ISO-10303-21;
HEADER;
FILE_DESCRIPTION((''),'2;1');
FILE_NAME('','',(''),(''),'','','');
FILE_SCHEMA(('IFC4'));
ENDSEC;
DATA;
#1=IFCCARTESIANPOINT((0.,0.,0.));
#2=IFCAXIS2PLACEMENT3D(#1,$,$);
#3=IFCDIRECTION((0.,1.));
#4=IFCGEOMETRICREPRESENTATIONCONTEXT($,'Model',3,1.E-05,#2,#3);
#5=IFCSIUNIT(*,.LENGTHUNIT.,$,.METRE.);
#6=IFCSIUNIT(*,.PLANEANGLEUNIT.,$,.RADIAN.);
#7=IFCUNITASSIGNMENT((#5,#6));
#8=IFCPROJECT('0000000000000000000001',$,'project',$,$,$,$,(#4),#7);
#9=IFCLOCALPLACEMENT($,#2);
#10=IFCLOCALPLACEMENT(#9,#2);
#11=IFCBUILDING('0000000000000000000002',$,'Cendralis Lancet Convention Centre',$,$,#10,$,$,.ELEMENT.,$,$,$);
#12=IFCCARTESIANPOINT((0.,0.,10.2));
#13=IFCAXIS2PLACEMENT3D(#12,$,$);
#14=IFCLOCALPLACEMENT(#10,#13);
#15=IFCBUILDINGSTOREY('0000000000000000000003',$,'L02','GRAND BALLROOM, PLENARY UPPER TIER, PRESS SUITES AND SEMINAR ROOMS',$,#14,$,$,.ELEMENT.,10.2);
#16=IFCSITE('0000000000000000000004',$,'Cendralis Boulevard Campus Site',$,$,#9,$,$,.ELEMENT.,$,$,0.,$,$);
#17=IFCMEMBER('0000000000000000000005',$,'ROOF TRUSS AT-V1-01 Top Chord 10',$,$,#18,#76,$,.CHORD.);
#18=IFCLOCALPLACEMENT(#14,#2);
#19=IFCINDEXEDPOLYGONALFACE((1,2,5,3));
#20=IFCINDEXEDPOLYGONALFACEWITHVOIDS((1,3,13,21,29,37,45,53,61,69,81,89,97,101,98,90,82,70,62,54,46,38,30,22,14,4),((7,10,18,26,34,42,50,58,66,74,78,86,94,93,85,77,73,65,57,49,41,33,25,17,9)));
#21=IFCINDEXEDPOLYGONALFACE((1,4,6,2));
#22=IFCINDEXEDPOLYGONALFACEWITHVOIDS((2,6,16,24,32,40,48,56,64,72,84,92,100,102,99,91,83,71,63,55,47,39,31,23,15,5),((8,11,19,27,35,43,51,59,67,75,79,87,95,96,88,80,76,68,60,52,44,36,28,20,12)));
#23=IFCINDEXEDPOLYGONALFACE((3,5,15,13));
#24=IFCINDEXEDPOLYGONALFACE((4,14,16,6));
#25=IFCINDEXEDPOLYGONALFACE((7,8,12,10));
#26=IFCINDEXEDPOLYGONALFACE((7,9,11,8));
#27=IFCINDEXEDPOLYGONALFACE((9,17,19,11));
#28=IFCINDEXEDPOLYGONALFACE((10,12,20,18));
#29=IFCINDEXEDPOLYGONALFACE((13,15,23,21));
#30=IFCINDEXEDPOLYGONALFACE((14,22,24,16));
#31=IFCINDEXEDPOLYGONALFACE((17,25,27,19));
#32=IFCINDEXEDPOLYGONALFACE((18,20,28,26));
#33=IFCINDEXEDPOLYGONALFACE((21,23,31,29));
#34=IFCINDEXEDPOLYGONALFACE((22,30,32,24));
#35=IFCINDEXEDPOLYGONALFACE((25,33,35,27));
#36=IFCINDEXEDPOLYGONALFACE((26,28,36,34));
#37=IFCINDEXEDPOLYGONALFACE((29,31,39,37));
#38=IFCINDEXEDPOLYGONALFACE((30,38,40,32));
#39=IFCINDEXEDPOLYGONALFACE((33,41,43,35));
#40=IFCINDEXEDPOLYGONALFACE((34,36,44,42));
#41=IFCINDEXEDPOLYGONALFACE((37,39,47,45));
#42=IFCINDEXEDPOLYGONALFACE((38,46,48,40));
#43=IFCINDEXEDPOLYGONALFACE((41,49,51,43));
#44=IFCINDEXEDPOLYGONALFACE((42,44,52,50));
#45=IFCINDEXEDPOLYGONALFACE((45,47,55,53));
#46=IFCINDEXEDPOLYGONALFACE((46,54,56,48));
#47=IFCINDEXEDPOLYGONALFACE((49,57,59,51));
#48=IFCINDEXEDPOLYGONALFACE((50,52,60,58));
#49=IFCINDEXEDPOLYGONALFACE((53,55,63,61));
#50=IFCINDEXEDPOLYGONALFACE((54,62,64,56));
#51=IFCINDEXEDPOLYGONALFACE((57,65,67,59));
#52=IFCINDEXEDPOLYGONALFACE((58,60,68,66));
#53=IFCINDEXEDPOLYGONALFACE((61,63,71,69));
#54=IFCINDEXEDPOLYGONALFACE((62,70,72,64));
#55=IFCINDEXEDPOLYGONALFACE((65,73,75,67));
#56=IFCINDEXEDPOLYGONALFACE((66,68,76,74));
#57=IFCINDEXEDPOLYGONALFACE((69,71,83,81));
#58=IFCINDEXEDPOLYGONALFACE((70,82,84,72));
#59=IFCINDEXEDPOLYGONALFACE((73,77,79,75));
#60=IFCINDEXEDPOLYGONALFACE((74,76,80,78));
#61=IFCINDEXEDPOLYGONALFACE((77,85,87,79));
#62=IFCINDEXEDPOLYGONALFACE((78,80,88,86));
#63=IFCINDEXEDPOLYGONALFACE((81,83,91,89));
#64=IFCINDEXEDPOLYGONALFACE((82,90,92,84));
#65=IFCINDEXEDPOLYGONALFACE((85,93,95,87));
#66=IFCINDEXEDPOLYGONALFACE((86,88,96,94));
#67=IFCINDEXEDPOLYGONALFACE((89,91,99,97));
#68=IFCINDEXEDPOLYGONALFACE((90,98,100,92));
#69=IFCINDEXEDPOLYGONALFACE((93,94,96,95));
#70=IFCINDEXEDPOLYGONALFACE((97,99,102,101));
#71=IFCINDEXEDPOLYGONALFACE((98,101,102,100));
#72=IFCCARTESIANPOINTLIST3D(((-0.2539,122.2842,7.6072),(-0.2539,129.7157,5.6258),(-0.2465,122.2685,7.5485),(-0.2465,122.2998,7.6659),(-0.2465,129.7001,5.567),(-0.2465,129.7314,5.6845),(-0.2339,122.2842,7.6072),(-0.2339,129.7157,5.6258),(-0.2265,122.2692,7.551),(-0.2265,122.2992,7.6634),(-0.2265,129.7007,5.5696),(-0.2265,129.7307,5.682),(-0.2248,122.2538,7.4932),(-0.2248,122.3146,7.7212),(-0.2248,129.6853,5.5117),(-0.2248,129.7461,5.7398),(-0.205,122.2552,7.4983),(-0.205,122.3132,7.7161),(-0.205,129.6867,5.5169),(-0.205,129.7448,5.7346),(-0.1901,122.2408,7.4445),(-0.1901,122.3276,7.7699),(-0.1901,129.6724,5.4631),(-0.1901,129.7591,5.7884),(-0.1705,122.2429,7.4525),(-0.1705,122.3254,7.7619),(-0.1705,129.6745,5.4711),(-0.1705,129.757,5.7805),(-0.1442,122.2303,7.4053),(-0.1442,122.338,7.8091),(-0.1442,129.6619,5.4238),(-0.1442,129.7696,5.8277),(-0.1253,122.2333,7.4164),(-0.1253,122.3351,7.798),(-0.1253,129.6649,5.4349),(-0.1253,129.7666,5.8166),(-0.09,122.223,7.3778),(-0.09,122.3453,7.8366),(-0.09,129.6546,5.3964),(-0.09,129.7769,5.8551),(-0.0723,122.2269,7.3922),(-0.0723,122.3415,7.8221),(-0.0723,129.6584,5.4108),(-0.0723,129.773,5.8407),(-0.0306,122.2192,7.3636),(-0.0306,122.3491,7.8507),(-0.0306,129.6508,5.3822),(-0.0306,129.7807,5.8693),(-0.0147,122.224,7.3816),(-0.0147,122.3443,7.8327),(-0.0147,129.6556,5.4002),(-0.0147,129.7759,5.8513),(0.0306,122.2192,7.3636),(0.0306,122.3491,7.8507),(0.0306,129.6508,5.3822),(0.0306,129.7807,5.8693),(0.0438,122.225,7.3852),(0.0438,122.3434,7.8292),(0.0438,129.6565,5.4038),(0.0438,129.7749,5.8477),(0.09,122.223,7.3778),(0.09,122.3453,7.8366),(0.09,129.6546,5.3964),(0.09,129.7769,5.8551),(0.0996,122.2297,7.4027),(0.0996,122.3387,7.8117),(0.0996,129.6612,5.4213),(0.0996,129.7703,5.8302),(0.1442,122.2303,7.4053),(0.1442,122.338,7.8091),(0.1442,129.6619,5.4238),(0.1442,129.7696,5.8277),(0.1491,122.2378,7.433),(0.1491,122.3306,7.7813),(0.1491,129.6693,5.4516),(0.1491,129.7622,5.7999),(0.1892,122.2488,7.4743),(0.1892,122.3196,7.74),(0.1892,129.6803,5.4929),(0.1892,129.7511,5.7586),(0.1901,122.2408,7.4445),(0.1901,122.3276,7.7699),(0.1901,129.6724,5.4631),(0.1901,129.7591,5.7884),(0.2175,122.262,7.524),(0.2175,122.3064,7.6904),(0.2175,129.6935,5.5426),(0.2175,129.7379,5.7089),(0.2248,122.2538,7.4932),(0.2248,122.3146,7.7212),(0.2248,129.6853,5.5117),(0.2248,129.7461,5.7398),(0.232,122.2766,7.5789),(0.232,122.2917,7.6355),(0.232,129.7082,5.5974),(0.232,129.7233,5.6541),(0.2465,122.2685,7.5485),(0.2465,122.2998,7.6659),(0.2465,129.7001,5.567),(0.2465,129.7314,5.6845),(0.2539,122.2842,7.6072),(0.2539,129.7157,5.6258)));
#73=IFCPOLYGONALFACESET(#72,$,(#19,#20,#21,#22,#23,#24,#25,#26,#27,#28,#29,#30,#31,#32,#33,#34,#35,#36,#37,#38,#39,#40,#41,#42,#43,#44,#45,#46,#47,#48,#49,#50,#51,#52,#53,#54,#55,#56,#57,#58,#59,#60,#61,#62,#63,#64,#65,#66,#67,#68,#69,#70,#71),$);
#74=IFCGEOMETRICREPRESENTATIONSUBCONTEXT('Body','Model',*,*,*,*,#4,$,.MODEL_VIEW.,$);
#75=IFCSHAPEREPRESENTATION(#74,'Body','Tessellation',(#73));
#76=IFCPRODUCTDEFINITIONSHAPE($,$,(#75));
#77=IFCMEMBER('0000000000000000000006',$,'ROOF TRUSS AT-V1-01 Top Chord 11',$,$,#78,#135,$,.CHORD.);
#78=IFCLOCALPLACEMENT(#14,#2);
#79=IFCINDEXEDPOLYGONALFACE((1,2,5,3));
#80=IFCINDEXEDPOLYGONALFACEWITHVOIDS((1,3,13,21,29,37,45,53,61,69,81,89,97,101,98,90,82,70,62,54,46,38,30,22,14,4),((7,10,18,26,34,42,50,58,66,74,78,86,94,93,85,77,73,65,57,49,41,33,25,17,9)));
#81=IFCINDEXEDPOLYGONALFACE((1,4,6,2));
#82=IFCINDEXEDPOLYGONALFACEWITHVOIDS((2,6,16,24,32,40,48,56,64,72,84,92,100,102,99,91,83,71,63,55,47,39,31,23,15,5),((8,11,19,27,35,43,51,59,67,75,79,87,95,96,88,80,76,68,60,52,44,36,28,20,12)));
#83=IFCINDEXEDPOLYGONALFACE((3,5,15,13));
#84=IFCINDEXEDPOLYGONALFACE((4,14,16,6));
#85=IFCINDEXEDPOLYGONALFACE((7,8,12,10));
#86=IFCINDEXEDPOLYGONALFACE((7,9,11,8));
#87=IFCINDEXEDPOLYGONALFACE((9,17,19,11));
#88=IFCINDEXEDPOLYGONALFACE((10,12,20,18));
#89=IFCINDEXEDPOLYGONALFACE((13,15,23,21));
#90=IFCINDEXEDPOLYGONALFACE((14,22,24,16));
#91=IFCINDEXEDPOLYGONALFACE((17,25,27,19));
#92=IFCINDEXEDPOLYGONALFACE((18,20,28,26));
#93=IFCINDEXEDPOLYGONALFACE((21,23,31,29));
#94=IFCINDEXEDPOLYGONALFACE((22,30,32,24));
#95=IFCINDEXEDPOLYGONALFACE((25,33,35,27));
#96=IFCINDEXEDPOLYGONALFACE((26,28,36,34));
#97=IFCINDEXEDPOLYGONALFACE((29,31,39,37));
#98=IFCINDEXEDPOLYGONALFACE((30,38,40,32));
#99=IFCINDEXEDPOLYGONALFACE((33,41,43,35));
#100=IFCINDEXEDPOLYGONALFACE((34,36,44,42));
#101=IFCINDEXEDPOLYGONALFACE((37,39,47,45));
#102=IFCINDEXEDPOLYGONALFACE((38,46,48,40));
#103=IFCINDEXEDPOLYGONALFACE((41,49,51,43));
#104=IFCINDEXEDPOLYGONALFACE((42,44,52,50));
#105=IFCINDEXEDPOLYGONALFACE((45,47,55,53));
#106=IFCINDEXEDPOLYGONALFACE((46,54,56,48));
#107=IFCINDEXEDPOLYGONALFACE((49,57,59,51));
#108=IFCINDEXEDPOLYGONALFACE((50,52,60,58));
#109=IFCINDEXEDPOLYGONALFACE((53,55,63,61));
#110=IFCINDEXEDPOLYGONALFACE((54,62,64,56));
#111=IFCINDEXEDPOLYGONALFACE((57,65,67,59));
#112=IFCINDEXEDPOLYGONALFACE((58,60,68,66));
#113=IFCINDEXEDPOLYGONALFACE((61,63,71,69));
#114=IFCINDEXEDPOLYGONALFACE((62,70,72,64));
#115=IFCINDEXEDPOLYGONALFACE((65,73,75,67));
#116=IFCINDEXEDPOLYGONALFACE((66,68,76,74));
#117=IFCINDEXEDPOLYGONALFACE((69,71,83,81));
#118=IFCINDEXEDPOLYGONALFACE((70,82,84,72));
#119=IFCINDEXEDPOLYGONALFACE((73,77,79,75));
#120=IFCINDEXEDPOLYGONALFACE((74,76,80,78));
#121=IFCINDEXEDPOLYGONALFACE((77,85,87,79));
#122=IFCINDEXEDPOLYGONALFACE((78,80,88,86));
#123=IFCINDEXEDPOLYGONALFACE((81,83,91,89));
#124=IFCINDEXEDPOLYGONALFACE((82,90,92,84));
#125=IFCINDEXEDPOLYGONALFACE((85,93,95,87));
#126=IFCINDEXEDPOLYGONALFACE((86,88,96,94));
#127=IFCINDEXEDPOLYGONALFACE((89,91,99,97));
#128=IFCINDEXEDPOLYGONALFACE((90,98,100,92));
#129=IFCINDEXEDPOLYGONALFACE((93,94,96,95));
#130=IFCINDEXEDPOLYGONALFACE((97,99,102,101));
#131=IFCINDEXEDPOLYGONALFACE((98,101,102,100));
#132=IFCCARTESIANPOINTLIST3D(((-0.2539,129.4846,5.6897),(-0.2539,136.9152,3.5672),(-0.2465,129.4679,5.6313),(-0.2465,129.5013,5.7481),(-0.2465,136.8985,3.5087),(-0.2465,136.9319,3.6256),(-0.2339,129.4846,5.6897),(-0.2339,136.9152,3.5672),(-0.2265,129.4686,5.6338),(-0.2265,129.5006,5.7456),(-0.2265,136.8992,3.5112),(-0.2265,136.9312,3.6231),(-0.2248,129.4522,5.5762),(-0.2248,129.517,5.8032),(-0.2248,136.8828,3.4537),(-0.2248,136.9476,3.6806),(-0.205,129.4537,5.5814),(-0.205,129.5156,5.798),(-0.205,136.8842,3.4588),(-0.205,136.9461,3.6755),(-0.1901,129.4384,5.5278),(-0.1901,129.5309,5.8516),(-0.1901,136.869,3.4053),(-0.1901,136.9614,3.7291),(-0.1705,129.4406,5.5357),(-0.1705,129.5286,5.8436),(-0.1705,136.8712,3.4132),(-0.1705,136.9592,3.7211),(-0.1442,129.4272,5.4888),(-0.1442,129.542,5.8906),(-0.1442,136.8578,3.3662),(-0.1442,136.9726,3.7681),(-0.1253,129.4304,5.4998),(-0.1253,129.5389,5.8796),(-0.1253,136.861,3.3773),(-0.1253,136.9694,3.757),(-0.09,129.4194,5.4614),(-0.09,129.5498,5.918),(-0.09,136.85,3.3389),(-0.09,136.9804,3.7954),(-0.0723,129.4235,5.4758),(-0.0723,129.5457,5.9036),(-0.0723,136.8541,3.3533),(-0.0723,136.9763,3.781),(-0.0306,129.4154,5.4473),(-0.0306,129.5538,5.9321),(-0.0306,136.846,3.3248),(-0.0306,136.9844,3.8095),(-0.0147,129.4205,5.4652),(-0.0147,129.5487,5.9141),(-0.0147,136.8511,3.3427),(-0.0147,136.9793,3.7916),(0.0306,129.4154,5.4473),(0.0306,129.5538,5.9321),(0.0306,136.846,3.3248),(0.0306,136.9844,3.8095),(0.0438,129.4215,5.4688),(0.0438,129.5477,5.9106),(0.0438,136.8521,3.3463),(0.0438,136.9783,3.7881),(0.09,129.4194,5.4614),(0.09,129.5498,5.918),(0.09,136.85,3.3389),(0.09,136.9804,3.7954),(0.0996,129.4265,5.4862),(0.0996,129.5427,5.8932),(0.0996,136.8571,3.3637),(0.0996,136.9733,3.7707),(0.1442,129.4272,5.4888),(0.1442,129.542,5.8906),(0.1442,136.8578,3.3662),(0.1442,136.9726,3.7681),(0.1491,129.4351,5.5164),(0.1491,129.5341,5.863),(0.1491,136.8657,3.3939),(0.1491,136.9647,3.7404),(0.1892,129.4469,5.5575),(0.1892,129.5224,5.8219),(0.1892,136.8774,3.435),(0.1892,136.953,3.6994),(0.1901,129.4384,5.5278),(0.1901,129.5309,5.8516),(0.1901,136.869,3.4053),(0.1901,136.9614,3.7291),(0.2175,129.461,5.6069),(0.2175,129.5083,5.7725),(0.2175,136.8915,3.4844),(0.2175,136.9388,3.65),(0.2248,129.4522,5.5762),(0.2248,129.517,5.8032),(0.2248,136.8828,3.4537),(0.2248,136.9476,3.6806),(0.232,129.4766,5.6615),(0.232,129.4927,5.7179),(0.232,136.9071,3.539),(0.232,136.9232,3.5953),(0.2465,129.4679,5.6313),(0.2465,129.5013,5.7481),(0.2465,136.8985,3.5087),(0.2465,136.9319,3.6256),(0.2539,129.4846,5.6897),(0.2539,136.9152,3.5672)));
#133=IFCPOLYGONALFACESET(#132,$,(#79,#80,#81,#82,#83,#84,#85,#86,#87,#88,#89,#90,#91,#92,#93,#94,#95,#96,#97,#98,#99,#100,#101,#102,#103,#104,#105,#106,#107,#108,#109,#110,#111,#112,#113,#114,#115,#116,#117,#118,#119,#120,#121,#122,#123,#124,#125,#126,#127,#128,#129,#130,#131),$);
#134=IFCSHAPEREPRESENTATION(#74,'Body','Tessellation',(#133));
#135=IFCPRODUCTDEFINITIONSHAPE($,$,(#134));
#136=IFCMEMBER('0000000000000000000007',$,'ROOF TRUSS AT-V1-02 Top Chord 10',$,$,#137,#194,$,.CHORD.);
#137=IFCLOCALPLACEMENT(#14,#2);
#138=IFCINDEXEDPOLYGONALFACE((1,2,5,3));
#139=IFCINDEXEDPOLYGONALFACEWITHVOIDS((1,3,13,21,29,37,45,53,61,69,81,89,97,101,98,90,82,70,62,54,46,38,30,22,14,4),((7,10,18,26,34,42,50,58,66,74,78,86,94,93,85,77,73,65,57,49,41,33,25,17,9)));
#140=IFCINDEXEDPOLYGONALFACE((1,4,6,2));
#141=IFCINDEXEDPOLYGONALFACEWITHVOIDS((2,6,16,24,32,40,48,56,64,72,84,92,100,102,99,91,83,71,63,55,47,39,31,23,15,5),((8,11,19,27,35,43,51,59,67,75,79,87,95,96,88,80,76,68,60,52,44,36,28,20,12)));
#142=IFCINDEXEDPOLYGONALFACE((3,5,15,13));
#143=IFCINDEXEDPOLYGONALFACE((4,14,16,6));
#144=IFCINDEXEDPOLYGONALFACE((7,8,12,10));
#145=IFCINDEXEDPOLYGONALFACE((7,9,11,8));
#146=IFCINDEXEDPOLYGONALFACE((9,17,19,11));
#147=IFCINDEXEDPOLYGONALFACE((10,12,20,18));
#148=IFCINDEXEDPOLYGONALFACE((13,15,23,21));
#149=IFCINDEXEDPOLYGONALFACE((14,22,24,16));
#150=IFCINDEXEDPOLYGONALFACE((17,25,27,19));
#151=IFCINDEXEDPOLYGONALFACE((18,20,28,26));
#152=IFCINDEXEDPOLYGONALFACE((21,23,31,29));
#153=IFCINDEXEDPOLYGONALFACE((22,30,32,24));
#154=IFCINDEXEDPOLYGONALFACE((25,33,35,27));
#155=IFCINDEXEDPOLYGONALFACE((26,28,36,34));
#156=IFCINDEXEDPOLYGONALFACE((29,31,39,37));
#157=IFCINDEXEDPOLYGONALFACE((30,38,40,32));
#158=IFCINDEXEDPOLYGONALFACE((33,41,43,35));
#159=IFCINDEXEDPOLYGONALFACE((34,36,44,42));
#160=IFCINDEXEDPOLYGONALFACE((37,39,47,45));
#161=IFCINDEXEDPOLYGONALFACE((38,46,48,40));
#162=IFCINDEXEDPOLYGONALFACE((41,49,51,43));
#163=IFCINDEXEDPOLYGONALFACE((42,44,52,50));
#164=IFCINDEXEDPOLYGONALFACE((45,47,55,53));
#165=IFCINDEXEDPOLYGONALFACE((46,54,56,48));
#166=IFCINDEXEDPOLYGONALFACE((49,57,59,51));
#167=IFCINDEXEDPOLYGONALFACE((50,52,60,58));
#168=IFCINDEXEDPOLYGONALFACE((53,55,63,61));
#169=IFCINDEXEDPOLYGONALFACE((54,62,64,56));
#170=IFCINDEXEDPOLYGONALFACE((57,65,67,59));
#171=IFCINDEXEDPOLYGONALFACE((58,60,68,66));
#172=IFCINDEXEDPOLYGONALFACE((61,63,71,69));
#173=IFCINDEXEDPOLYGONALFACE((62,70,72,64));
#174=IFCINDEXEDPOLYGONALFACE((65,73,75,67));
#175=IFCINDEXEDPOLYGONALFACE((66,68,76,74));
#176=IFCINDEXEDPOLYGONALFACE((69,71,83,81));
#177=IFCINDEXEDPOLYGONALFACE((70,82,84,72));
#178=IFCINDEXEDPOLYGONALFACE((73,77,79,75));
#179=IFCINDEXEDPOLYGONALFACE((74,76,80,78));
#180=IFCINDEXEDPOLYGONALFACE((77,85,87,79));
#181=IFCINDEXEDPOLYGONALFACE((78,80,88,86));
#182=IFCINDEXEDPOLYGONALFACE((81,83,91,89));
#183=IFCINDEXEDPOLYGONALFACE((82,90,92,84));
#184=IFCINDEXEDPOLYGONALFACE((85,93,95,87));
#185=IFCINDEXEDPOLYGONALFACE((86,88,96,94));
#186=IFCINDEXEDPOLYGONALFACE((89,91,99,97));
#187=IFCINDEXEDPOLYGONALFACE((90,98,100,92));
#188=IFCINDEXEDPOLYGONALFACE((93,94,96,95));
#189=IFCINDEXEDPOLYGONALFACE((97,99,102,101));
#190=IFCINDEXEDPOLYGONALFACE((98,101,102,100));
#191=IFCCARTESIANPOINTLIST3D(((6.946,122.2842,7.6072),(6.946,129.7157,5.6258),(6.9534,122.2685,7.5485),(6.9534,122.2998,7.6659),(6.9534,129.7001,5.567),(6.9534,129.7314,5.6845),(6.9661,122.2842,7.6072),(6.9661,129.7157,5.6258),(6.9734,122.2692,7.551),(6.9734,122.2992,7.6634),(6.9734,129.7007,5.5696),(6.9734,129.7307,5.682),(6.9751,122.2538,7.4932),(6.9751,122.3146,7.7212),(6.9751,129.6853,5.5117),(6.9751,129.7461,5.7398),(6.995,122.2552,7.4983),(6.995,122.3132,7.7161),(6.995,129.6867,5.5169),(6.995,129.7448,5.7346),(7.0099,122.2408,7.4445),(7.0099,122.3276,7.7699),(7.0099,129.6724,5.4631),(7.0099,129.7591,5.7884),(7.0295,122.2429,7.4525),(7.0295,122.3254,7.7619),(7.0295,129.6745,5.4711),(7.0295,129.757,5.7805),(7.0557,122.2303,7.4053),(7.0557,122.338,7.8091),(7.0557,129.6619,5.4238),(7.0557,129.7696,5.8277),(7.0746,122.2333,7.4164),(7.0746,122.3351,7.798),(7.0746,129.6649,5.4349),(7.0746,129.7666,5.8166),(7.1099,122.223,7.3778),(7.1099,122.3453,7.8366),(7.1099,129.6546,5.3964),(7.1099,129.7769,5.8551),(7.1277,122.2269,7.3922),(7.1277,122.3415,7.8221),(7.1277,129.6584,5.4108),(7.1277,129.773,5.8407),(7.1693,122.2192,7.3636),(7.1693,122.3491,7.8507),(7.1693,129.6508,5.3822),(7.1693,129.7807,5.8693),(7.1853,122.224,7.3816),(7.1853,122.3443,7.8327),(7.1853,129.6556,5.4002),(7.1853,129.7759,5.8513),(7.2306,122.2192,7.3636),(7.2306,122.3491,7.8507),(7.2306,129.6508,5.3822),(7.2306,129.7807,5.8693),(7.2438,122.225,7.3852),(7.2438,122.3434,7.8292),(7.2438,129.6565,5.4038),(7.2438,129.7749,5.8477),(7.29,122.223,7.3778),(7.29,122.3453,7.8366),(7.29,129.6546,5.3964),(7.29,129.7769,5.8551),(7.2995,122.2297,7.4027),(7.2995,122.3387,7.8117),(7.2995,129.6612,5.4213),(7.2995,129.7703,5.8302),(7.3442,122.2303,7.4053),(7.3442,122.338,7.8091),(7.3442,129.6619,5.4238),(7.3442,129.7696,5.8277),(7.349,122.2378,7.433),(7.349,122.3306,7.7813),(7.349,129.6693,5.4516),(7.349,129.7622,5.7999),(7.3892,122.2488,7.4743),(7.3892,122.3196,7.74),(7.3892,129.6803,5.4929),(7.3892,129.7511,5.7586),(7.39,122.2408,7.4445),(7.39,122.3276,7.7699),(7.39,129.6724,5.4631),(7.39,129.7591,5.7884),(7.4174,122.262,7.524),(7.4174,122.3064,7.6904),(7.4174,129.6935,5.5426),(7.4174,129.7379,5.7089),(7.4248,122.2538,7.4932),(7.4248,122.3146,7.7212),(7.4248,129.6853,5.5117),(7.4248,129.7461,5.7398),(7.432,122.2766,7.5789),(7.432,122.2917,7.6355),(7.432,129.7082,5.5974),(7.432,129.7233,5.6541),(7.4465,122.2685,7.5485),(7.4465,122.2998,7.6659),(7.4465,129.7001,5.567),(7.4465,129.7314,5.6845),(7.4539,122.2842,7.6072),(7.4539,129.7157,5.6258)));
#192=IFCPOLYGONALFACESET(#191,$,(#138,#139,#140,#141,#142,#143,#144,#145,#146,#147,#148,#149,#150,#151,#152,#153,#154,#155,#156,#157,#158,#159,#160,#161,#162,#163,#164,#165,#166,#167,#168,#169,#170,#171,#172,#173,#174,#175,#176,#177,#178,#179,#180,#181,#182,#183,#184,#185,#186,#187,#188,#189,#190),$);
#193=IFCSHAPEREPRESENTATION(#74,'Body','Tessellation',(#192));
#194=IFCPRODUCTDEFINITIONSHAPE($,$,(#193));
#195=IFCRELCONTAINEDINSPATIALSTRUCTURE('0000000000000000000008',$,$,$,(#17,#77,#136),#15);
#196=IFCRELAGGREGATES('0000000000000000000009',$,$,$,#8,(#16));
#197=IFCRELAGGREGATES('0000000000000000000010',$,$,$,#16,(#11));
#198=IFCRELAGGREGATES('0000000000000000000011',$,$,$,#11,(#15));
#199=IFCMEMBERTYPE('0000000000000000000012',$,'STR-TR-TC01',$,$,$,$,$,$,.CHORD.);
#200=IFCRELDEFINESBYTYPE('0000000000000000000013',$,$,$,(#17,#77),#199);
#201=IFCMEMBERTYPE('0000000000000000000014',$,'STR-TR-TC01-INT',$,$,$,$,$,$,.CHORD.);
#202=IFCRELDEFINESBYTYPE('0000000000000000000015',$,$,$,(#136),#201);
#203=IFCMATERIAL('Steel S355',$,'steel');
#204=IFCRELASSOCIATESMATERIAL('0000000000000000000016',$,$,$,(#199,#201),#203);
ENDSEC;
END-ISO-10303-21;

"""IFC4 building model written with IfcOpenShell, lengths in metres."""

from ifc_helpers import new_model, si_unit, direction, frame, origin, origin_2d, place, context, subcontext, project, spatial, hollow_circle, extrude, material, material_profile, profile_set, type_object, element, save


model = new_model("IFC4")

# Units and contexts
model_context = context("Model", 3, precision=1e-05, world=origin(), true_north=direction((0.0, 1.0)))
body_context = subcontext(model_context, "Body", "Model", "MODEL_VIEW")
ifc_project = project(units=[si_unit("LENGTHUNIT", "METRE"), si_unit("PLANEANGLEUNIT", "RADIAN")], contexts=[model_context])

# Site, building, storey
site_placement = place(None, origin())
site = spatial("IfcSite", under=ifc_project, at=site_placement, Name="Cendralis Boulevard Campus Site", CompositionType="ELEMENT", RefElevation=0.0)
building_placement = place(site_placement, origin())
building = spatial("IfcBuilding", under=site, at=building_placement, Name="Cendralis Lancet Convention Centre", CompositionType="ELEMENT")
storey_placement = place(building_placement, frame((0.0, 0.0, 10.2)))
storey = spatial("IfcBuildingStorey", under=building, at=storey_placement, Name="L02", Description="GRAND BALLROOM, PLENARY UPPER TIER, PRESS SUITES AND SEMINAR ROOMS", CompositionType="ELEMENT", Elevation=10.2)

# Members
ifc_material_1 = material(Name="Steel S355", Category="steel")
ifc_material_profile_1 = material_profile(ifc_material_1, hollow_circle(Radius=0.2539, WallThickness=0.02, at=origin_2d()), Name="CHS 508.0x20.0")
ifc_profile_set_1 = profile_set([ifc_material_profile_1], Name="Steel S355")
member_type_1 = type_object("IfcMemberType", Name="STR-TR-TC01", PredefinedType="CHORD", material=ifc_profile_set_1)
member_1_placement = place(storey_placement, frame((0.0, 122.2842, 7.6072), z_axis=(0.0, 0.966245, -0.257623), x_axis=(-1.0, 0.0, 0.0)))
element("IfcMember", 1, at=member_1_placement, inside=storey, type_object=member_type_1, Name="ROOF TRUSS AT-V1-01 Top Chord 10", PredefinedType="CHORD", context=body_context, shape_type="SweptSolid", body=[
    extrude(hollow_circle(Radius=0.2539, WallThickness=0.02, at=origin_2d()), origin(), (0.0, 0.0, 1.0), 7.6912),
])
member_2_placement = place(storey_placement, frame((0.0, 129.4846, 5.6897), z_axis=(0.0, 0.961541, -0.274663), x_axis=(-1.0, 0.0, 0.0)))
element("IfcMember", 2, at=member_2_placement, inside=storey, type_object=member_type_1, Name="ROOF TRUSS AT-V1-01 Top Chord 11", PredefinedType="CHORD", context=body_context, shape_type="SweptSolid", body=[
    extrude(hollow_circle(Radius=0.2539, WallThickness=0.02, at=origin_2d()), origin(), (0.0, 0.0, 1.0), 7.7278),
])
ifc_material_profile_2 = material_profile(ifc_material_1, hollow_circle(Radius=0.2539, WallThickness=0.02, at=origin_2d()), Name="CHS 508.0x20.0")
ifc_profile_set_2 = profile_set([ifc_material_profile_2], Name="Steel S355")
member_type_2 = type_object("IfcMemberType", Name="STR-TR-TC01-INT", PredefinedType="CHORD", material=ifc_profile_set_2)
member_3_placement = place(storey_placement, frame((7.2, 122.2842, 7.6072), z_axis=(0.0, 0.966245, -0.257623), x_axis=(-1.0, 0.0, 0.0)))
element("IfcMember", 3, at=member_3_placement, inside=storey, type_object=member_type_2, Name="ROOF TRUSS AT-V1-02 Top Chord 10", PredefinedType="CHORD", context=body_context, shape_type="SweptSolid", body=[
    extrude(hollow_circle(Radius=0.2539, WallThickness=0.02, at=origin_2d()), origin(), (0.0, 0.0, 1.0), 7.6912),
])

save(model, "model.ifc")
